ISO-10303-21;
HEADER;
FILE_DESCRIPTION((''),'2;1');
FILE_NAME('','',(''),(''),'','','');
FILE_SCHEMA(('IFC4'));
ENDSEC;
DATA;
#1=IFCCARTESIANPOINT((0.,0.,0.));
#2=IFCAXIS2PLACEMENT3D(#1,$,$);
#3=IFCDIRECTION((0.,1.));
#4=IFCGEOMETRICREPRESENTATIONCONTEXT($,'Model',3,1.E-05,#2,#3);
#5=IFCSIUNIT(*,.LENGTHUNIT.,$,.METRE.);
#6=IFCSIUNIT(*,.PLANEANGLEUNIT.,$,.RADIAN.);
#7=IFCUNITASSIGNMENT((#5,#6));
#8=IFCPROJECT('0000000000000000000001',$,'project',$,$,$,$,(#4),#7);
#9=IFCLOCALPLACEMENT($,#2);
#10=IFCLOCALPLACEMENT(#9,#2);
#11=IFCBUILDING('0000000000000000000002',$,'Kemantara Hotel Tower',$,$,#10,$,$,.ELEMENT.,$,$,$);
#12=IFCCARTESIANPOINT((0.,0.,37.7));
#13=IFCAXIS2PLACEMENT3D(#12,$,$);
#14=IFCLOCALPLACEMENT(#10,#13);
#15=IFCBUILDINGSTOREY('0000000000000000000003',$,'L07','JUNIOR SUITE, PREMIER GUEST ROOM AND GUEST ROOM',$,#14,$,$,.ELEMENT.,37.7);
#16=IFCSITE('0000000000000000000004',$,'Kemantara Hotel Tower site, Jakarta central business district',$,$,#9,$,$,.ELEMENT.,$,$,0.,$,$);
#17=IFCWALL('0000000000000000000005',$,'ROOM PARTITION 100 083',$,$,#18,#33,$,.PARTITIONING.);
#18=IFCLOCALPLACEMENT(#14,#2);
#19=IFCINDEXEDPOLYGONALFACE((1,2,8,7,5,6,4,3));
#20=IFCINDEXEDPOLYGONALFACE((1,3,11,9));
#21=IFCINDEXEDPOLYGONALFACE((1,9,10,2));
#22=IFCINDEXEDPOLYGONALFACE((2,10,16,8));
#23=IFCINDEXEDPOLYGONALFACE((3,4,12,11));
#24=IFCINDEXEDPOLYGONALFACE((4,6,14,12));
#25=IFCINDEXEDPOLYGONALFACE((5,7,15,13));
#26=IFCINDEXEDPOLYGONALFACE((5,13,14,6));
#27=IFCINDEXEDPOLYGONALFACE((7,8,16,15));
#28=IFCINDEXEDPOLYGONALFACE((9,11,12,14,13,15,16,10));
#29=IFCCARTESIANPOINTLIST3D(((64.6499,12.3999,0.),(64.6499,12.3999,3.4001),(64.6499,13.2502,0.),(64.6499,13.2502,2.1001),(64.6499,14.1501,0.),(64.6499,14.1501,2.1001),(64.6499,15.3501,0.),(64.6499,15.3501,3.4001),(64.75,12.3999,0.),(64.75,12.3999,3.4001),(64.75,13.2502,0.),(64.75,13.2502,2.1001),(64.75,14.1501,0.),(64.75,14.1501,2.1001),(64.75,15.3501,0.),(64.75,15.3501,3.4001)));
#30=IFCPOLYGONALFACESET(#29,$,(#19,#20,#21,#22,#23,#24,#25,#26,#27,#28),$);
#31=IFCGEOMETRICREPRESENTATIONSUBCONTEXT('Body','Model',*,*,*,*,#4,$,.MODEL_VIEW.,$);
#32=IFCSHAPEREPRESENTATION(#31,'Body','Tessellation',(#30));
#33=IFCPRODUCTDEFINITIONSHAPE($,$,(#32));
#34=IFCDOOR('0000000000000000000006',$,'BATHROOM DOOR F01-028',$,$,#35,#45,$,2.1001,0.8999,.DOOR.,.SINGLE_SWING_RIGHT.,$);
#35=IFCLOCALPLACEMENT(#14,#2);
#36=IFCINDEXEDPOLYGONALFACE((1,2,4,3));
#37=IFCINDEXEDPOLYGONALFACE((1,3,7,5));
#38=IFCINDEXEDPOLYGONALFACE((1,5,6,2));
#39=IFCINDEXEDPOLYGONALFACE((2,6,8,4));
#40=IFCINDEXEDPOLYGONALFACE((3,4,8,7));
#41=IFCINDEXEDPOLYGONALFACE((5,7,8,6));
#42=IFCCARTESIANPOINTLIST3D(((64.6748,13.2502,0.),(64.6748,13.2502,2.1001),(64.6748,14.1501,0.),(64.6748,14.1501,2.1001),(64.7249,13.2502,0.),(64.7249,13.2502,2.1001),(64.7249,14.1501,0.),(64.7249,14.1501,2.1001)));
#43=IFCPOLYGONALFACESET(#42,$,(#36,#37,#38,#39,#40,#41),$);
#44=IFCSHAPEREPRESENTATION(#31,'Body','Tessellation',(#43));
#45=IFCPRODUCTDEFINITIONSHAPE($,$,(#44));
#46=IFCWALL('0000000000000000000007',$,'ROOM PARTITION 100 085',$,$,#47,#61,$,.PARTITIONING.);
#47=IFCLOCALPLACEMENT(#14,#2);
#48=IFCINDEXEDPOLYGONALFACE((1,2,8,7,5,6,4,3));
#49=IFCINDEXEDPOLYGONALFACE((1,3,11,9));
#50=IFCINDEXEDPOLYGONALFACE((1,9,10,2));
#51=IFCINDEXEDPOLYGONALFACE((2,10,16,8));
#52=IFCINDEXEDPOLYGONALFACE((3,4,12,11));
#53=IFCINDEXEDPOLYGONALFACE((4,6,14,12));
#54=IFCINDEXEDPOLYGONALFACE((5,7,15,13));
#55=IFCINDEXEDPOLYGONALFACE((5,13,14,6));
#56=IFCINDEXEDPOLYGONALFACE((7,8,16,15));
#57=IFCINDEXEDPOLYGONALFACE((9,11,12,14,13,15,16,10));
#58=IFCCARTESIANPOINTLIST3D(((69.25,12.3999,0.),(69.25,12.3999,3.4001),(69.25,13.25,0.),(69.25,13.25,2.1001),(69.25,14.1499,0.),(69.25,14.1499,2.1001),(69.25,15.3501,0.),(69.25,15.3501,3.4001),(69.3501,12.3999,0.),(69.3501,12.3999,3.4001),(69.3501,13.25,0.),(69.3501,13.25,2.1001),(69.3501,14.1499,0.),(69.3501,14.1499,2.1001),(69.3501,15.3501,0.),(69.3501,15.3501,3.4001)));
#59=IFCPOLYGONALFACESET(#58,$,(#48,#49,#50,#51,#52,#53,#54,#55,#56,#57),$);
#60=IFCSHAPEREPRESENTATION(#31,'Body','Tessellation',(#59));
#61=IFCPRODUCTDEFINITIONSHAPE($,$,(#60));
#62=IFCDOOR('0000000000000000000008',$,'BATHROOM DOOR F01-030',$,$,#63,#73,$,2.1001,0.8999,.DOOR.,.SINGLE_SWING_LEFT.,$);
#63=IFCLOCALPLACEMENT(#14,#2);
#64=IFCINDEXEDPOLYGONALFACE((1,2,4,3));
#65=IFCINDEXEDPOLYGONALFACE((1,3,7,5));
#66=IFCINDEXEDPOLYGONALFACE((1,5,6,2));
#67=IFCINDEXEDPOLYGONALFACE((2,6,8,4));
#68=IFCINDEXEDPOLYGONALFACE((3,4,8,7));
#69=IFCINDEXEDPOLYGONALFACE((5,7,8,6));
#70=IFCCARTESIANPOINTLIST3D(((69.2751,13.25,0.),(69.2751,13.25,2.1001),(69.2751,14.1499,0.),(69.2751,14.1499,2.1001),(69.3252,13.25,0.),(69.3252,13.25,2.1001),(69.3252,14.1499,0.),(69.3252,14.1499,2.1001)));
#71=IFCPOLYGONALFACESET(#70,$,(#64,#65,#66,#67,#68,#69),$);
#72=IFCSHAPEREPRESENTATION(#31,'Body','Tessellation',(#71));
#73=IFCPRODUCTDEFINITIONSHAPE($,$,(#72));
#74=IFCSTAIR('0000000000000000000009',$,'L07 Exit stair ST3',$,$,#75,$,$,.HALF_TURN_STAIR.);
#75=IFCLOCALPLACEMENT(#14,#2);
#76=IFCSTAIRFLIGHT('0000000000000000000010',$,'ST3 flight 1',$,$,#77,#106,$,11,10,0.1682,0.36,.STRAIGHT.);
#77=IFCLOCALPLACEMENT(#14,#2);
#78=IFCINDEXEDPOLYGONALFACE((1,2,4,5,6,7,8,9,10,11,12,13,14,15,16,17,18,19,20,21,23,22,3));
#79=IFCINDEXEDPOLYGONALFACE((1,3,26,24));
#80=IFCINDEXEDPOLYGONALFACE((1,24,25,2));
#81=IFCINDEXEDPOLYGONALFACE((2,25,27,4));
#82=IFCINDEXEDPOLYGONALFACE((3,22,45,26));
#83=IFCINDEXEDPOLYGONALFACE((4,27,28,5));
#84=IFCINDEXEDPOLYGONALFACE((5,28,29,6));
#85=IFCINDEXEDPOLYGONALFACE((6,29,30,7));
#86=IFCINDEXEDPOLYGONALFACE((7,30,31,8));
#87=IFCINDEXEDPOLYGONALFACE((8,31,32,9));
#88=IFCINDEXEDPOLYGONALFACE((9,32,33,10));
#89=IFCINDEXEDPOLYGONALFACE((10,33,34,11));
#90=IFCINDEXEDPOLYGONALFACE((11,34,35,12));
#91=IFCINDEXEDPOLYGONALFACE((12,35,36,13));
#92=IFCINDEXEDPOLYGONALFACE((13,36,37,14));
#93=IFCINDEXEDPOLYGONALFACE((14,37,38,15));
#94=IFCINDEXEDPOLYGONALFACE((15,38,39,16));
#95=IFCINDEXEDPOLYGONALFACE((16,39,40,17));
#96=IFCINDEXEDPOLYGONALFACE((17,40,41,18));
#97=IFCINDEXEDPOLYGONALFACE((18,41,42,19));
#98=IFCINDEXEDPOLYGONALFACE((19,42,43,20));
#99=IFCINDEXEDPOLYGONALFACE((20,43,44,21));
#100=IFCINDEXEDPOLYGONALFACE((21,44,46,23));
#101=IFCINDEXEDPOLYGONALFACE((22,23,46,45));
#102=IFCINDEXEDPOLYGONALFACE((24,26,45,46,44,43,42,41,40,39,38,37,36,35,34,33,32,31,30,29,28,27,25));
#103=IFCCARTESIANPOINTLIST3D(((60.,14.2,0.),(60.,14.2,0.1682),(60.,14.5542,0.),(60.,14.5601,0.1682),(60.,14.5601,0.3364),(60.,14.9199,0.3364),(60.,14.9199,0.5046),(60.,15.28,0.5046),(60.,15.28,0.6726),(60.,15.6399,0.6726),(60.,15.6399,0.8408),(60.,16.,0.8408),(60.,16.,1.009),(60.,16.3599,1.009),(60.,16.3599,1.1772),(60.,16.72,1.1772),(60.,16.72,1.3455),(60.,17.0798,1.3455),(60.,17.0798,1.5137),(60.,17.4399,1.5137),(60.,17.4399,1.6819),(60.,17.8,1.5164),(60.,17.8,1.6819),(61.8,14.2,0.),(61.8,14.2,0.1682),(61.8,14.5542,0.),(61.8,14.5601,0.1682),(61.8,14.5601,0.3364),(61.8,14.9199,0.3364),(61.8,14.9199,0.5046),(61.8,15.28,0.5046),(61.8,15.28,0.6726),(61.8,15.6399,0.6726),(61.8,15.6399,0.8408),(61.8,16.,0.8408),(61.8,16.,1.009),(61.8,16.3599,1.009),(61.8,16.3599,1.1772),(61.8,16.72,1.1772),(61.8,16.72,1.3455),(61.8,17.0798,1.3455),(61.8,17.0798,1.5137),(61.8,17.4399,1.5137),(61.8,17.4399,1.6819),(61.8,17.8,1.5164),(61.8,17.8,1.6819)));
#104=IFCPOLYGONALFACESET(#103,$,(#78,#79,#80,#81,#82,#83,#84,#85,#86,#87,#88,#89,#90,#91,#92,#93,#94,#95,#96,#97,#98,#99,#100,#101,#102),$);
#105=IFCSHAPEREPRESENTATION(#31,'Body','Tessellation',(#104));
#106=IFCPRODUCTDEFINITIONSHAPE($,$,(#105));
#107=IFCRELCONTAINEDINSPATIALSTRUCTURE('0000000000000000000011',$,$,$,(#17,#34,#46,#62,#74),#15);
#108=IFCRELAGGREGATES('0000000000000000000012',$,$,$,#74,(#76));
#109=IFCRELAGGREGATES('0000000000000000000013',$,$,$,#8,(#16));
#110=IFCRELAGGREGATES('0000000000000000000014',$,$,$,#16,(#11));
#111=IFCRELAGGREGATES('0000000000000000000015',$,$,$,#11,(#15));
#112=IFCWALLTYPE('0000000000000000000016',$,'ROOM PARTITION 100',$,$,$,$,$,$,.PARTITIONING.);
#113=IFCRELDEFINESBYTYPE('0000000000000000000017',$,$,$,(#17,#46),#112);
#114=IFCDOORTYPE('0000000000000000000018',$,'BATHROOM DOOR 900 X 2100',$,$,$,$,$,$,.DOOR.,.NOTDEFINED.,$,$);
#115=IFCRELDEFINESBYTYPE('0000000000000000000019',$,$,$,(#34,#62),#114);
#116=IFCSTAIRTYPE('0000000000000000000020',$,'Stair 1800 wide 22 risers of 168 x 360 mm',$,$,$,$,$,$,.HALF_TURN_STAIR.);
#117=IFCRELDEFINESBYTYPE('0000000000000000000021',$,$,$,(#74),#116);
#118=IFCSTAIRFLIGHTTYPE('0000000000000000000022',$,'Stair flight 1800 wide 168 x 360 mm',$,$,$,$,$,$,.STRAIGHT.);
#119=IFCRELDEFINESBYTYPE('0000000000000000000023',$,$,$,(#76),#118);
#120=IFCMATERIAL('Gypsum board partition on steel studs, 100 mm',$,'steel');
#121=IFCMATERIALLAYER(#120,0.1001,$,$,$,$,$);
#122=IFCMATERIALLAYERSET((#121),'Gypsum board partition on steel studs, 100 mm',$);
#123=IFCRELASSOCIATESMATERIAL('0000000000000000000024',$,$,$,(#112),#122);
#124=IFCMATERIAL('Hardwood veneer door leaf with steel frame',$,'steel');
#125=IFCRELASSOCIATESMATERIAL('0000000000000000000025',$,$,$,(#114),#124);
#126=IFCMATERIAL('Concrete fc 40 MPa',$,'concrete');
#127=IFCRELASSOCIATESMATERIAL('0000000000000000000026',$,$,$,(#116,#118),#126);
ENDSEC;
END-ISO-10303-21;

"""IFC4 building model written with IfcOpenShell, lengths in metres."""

from ifc_helpers import new_model, si_unit, direction, frame, frame_2d, origin, place, context, subcontext, project, spatial, polyline, rectangle, outline, extrude, material, layer, layer_set, type_object, element, fill, aggregate, save


model = new_model("IFC4")

# Units and contexts
model_context = context("Model", 3, precision=1e-05, world=origin(), true_north=direction((0.0, 1.0)))
body_context = subcontext(model_context, "Body", "Model", "MODEL_VIEW")
ifc_project = project(units=[si_unit("LENGTHUNIT", "METRE"), si_unit("PLANEANGLEUNIT", "RADIAN")], contexts=[model_context])

# Site, building, storey
site_placement = place(None, origin())
site = spatial("IfcSite", under=ifc_project, at=site_placement, Name="Kemantara Hotel Tower site, Jakarta central business district", CompositionType="ELEMENT", RefElevation=0.0)
building_placement = place(site_placement, origin())
building = spatial("IfcBuilding", under=site, at=building_placement, Name="Kemantara Hotel Tower", CompositionType="ELEMENT")
storey_placement = place(building_placement, frame((0.0, 0.0, 37.7)))
storey = spatial("IfcBuildingStorey", under=building, at=storey_placement, Name="L07", Description="JUNIOR SUITE, PREMIER GUEST ROOM AND GUEST ROOM", CompositionType="ELEMENT", Elevation=37.7)

# Shared definitions
ifc_material_1 = material(Name="Hardwood veneer door leaf with steel frame", Category="steel")

# Shared definitions
ifc_material_2 = material(Name="Concrete fc 40 MPa", Category="concrete")

# Walls, openings, doors
ifc_material_3 = material(Name="Gypsum board partition on steel studs, 100 mm", Category="steel")
ifc_layer_1 = layer(ifc_material_3, 0.1001)
ifc_layer_set_1 = layer_set([ifc_layer_1], Name="Gypsum board partition on steel studs, 100 mm")
wall_type_1 = type_object("IfcWallType", Name="ROOM PARTITION 100", PredefinedType="PARTITIONING", material=ifc_layer_set_1)
wall_1_placement = place(storey_placement, frame((64.7, 15.3501, 0.0), z_axis=(0.0, 0.0, 1.0), x_axis=(0.0, -1.0, 0.0)))
wall_1 = element("IfcWall", 1, at=wall_1_placement, inside=storey, type_object=wall_type_1, Name="ROOM PARTITION 100 083", PredefinedType="PARTITIONING", context=body_context, shape_type="SweptSolid", body=[
    extrude(rectangle(XDim=2.9502, YDim=0.1001, at=frame_2d((1.4751, 0.0))), origin(), (0.0, 0.0, 1.0), 3.4001),
])
opening_1_placement = place(wall_1_placement, frame((1.2, 0.0, 0.0)))
opening_1 = element("IfcOpeningElement", 2, at=opening_1_placement, cuts=wall_1, PredefinedType="OPENING", context=body_context, shape_type="SweptSolid", body=[
    extrude(rectangle(XDim=0.8999, YDim=2.1001, at=frame_2d((0.45, 1.05))), frame((0.0, 0.0601, 0.0), z_axis=(0.0, -1.0, 0.0), x_axis=(1.0, 0.0, 0.0)), (0.0, 0.0, 1.0), 0.1201),
])
door_type_1 = type_object("IfcDoorType", Name="BATHROOM DOOR 900 X 2100", OperationType="NOTDEFINED", PredefinedType="DOOR", material=ifc_material_1)
door_1_placement = place(opening_1_placement, origin())
door_1 = element("IfcDoor", 3, at=door_1_placement, inside=storey, type_object=door_type_1, Name="BATHROOM DOOR F01-028", OperationType="SINGLE_SWING_RIGHT", OverallHeight=2.1001, OverallWidth=0.8999, PredefinedType="DOOR", context=body_context, shape_type="SweptSolid", body=[
    extrude(rectangle(XDim=0.8999, YDim=2.1001, at=frame_2d((0.45, 1.05))), frame((0.0, 0.0249, 0.0), z_axis=(0.0, -1.0, 0.0), x_axis=(1.0, 0.0, 0.0)), (0.0, 0.0, 1.0), 0.05),
])
fill(opening_1, door_1)
wall_2_placement = place(storey_placement, frame((69.3, 12.3999, 0.0), z_axis=(0.0, 0.0, 1.0), x_axis=(0.0, 1.0, 0.0)))
wall_2 = element("IfcWall", 4, at=wall_2_placement, inside=storey, type_object=wall_type_1, Name="ROOM PARTITION 100 085", PredefinedType="PARTITIONING", context=body_context, shape_type="SweptSolid", body=[
    extrude(rectangle(XDim=2.9502, YDim=0.1001, at=frame_2d((1.4751, 0.0))), origin(), (0.0, 0.0, 1.0), 3.4001),
])
opening_2_placement = place(wall_2_placement, frame((0.8501, 0.0, 0.0)))
opening_2 = element("IfcOpeningElement", 5, at=opening_2_placement, cuts=wall_2, PredefinedType="OPENING", context=body_context, shape_type="SweptSolid", body=[
    extrude(rectangle(XDim=0.8999, YDim=2.1001, at=frame_2d((0.45, 1.05))), frame((0.0, 0.0601, 0.0), z_axis=(0.0, -1.0, 0.0), x_axis=(1.0, 0.0, 0.0)), (0.0, 0.0, 1.0), 0.1201),
])
door_2_placement = place(opening_2_placement, origin())
door_2 = element("IfcDoor", 6, at=door_2_placement, inside=storey, type_object=door_type_1, Name="BATHROOM DOOR F01-030", OperationType="SINGLE_SWING_LEFT", OverallHeight=2.1001, OverallWidth=0.8999, PredefinedType="DOOR", context=body_context, shape_type="SweptSolid", body=[
    extrude(rectangle(XDim=0.8999, YDim=2.1001, at=frame_2d((0.45, 1.05))), frame((0.0, 0.0249, 0.0), z_axis=(0.0, -1.0, 0.0), x_axis=(1.0, 0.0, 0.0)), (0.0, 0.0, 1.0), 0.05),
])
fill(opening_2, door_2)

# Stair, stair flight
stair_type = type_object("IfcStairType", Name="Stair 1800 wide 22 risers of 168 x 360 mm", PredefinedType="HALF_TURN_STAIR", material=ifc_material_2)
stair_placement = place(storey_placement, origin())
stair = element("IfcStair", 7, at=stair_placement, inside=storey, type_object=stair_type, Name="L07 Exit stair ST3", PredefinedType="HALF_TURN_STAIR")
stair_flight_type = type_object("IfcStairFlightType", Name="Stair flight 1800 wide 168 x 360 mm", PredefinedType="STRAIGHT", material=ifc_material_2)
stair_flight_placement = place(storey_placement, frame((60.8999, 14.2, 0.0), z_axis=(0.0, 0.0, 1.0), x_axis=(0.0, 1.0, 0.0)))
stair_flight = element("IfcStairFlight", 8, at=stair_flight_placement, type_object=stair_flight_type, Name="ST3 flight 1", NumberOfRisers=11, NumberOfTreads=10, PredefinedType="STRAIGHT", RiserHeight=0.1682, TreadLength=0.36, context=body_context, shape_type="SweptSolid", body=[
    extrude(outline(polyline([(0.0, 0.0), (0.0, 0.1682), (0.3601, 0.1682), (0.3601, 0.3364), (0.72, 0.3364), (0.72, 0.5046), (1.0801, 0.5046), (1.0801, 0.6726), (1.4399, 0.6726), (1.4399, 0.8408), (1.8, 0.8408), (1.8, 1.009), (2.1599, 1.009), (2.1599, 1.1772), (2.52, 1.1772), (2.52, 1.3455), (2.8799, 1.3455), (2.8799, 1.5137), (3.24, 1.5137), (3.24, 1.6819), (3.6001, 1.6819), (3.6001, 1.8501), (3.6001, 1.5164), (0.3542, 0.0), (0.0, 0.0)])), frame((0.0, 0.8999, 0.0), z_axis=(0.0, -1.0, 0.0), x_axis=(1.0, 0.0, 0.0)), (0.0, 0.0, 1.0), 1.8),
])
aggregate(stair, [stair_flight])

save(model, "model.ifc")
